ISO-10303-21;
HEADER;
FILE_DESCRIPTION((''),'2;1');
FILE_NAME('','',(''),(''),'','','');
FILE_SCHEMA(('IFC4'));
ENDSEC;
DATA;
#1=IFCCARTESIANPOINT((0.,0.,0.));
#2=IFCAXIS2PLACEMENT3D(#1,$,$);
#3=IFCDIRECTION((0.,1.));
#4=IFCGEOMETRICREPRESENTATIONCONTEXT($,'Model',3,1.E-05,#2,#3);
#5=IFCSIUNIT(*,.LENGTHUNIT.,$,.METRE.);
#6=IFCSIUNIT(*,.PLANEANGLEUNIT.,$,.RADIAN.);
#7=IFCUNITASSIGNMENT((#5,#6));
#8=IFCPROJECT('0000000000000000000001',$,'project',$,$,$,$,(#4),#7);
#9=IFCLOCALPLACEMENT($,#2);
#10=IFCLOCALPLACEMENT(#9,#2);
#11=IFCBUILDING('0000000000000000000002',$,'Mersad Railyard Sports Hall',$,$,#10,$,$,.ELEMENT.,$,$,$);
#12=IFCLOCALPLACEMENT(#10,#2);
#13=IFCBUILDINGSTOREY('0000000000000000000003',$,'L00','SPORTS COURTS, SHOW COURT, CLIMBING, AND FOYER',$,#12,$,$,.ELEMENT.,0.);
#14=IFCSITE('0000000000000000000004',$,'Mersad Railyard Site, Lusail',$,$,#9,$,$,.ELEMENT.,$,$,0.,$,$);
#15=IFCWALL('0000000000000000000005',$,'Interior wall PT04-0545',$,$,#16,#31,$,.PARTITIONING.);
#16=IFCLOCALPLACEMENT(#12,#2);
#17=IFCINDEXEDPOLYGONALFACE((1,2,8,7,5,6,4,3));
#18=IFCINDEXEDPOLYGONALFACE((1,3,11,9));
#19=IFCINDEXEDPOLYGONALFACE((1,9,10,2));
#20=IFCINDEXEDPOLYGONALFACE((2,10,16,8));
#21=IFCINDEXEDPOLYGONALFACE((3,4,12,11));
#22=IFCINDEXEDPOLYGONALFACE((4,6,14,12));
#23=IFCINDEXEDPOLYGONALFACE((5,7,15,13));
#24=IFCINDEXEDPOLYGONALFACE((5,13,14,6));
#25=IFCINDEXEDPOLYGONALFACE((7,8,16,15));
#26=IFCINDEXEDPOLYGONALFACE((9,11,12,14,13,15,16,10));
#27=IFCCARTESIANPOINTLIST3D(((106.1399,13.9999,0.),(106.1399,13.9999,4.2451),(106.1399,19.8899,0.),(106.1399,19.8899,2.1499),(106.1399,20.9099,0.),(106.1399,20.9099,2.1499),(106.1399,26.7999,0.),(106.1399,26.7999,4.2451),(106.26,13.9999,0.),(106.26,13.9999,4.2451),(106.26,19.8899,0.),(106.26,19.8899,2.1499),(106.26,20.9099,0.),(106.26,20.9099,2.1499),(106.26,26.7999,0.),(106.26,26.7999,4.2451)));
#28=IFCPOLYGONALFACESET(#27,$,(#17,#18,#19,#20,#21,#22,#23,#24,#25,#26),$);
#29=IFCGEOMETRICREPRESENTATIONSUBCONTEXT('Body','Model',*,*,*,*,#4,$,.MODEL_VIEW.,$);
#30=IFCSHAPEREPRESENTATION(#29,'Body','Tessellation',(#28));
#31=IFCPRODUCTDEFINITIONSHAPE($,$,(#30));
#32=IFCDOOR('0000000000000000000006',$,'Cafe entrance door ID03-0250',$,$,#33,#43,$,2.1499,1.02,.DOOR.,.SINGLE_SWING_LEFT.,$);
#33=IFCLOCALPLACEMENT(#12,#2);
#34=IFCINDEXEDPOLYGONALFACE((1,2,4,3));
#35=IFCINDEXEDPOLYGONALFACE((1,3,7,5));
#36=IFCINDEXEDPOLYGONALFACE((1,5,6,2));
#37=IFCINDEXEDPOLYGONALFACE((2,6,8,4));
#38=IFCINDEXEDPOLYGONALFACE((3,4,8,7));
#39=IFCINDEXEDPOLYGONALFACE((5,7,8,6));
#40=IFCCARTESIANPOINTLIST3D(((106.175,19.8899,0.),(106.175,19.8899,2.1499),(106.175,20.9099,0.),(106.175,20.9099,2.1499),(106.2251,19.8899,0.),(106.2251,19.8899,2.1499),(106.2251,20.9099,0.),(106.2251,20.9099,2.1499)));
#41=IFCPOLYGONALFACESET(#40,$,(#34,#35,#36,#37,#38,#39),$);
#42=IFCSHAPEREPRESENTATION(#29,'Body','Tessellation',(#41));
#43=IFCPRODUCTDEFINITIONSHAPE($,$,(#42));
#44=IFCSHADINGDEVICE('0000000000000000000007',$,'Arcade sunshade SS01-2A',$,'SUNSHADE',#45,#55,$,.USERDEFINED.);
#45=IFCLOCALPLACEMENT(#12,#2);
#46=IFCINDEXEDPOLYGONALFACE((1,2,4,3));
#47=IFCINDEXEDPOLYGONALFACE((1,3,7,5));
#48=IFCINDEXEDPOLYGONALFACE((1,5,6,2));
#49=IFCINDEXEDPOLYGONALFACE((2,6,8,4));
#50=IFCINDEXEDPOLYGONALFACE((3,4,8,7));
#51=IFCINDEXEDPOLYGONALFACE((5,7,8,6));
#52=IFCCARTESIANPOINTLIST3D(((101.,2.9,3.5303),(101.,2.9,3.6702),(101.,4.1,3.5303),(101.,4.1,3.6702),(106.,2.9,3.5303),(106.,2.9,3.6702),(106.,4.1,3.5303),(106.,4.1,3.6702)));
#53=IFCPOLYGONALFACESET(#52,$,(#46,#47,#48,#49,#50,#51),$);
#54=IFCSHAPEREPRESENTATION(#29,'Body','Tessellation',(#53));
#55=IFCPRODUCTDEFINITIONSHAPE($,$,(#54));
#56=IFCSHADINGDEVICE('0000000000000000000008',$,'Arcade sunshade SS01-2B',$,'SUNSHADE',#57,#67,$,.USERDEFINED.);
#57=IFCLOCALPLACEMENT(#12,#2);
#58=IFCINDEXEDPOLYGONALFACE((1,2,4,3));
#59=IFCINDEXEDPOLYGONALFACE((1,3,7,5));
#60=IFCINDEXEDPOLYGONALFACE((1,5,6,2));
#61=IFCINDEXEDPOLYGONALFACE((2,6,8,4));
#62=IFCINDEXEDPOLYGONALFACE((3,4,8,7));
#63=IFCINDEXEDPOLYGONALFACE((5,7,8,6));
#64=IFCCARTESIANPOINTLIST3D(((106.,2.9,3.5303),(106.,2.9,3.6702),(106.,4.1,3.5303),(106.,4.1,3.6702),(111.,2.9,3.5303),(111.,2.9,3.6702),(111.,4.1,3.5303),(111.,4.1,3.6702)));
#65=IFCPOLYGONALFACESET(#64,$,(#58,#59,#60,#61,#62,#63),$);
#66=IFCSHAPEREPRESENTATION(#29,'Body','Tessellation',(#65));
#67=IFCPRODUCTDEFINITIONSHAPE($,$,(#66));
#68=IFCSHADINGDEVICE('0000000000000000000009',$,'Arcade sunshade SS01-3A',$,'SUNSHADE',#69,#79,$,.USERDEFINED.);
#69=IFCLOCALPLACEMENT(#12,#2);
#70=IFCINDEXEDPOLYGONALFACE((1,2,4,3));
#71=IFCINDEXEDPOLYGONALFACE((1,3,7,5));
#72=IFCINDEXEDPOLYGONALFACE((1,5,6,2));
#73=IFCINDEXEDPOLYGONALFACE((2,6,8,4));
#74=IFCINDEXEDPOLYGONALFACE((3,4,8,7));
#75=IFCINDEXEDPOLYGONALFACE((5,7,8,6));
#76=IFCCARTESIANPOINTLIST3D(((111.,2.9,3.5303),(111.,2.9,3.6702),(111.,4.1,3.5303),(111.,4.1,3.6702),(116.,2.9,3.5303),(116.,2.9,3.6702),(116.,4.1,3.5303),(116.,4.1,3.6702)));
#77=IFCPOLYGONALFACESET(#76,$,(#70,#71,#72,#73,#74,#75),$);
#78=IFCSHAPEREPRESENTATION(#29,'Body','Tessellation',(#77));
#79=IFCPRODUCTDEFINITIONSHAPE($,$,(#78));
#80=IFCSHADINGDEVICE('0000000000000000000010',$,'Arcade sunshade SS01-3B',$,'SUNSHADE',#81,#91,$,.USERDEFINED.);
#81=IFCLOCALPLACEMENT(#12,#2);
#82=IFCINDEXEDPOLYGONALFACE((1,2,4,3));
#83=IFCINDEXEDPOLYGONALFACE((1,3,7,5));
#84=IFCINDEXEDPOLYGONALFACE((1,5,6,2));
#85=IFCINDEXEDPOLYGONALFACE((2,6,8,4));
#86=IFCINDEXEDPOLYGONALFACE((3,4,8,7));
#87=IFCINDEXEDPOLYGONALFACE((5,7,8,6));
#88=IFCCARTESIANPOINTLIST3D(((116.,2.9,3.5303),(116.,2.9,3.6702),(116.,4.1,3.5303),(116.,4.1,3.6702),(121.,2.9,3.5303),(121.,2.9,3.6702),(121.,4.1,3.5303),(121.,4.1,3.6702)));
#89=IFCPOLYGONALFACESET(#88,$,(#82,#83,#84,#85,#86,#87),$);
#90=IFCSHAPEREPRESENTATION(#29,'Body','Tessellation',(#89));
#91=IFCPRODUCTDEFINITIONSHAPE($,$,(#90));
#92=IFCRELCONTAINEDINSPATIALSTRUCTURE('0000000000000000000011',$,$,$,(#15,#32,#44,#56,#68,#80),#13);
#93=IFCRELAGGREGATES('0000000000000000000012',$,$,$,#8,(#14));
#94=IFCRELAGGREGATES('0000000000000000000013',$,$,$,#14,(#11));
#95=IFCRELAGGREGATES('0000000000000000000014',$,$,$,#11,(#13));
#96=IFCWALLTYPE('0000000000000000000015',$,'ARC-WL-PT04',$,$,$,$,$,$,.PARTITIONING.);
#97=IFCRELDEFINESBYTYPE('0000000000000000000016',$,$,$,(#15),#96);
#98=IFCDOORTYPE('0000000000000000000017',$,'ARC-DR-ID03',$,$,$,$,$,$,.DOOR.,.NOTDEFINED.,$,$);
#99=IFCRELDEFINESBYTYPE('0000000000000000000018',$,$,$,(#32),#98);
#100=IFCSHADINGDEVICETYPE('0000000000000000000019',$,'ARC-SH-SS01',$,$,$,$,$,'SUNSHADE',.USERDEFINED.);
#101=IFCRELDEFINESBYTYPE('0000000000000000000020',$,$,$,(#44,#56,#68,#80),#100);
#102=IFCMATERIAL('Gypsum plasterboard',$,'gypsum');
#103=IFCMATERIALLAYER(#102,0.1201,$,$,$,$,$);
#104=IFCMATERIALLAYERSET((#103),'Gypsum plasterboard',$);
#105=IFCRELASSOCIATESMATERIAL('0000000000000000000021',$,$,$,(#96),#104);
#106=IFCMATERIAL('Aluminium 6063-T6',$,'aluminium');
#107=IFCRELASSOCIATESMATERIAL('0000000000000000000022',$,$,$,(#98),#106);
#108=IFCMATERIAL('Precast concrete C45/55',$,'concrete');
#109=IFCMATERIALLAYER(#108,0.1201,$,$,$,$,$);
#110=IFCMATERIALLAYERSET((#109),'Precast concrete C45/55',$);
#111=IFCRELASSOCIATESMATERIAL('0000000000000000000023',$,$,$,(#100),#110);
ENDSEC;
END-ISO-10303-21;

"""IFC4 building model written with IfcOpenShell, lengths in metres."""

from ifc_helpers import new_model, si_unit, direction, frame, frame_2d, origin, origin_2d, place, context, subcontext, project, spatial, rectangle, extrude, material, layer, layer_set, type_object, element, fill, save


model = new_model("IFC4")

# Units and contexts
model_context = context("Model", 3, precision=1e-05, world=origin(), true_north=direction((0.0, 1.0)))
body_context = subcontext(model_context, "Body", "Model", "MODEL_VIEW")
ifc_project = project(units=[si_unit("LENGTHUNIT", "METRE"), si_unit("PLANEANGLEUNIT", "RADIAN")], contexts=[model_context])

# Site, building, storey
site_placement = place(None, origin())
site = spatial("IfcSite", under=ifc_project, at=site_placement, Name="Mersad Railyard Site, Lusail", CompositionType="ELEMENT", RefElevation=0.0)
building_placement = place(site_placement, origin())
building = spatial("IfcBuilding", under=site, at=building_placement, Name="Mersad Railyard Sports Hall", CompositionType="ELEMENT")
storey_placement = place(building_placement, origin())
storey = spatial("IfcBuildingStorey", under=building, at=storey_placement, Name="L00", Description="SPORTS COURTS, SHOW COURT, CLIMBING, AND FOYER", CompositionType="ELEMENT", Elevation=0.0)

# Shared definitions
ifc_material_1 = material(Name="Precast concrete C45/55", Category="concrete")
ifc_material_2 = material(Name="Aluminium 6063-T6", Category="aluminium")

# Wall, opening, door
ifc_material_3 = material(Name="Gypsum plasterboard", Category="gypsum")
ifc_layer_1 = layer(ifc_material_3, 0.1201)
ifc_layer_set_1 = layer_set([ifc_layer_1], Name="Gypsum plasterboard")
wall_type_1 = type_object("IfcWallType", Name="ARC-WL-PT04", PredefinedType="PARTITIONING", material=ifc_layer_set_1)
wall_1_placement = place(storey_placement, frame((106.2, 14.0, 0.0), z_axis=(0.0, 0.0, 1.0), x_axis=(0.0, 1.0, 0.0)))
wall_1 = element("IfcWall", 1, at=wall_1_placement, inside=storey, type_object=wall_type_1, Name="Interior wall PT04-0545", PredefinedType="PARTITIONING", context=body_context, shape_type="SweptSolid", body=[
    extrude(rectangle(XDim=12.8, YDim=0.1201, at=frame_2d((6.3999, 0.0))), origin(), (0.0, 0.0, 1.0), 4.2451),
])
opening_1_placement = place(wall_1_placement, frame((5.8899, 0.0, 0.0)))
opening_1 = element("IfcOpeningElement", 2, at=opening_1_placement, cuts=wall_1, PredefinedType="OPENING", context=body_context, shape_type="SweptSolid", body=[
    extrude(rectangle(XDim=1.02, YDim=2.1499, at=frame_2d((0.51, 1.075))), frame((0.0, 0.0701, 0.0), z_axis=(0.0, -1.0, 0.0), x_axis=(1.0, 0.0, 0.0)), (0.0, 0.0, 1.0), 0.1401),
])
door_type_1 = type_object("IfcDoorType", Name="ARC-DR-ID03", OperationType="NOTDEFINED", PredefinedType="DOOR", material=ifc_material_2)
door_1_placement = place(opening_1_placement, origin())
door_1 = element("IfcDoor", 3, at=door_1_placement, inside=storey, type_object=door_type_1, Name="Cafe entrance door ID03-0250", OperationType="SINGLE_SWING_LEFT", OverallHeight=2.1499, OverallWidth=1.02, PredefinedType="DOOR", context=body_context, shape_type="SweptSolid", body=[
    extrude(rectangle(XDim=1.02, YDim=2.1499, at=frame_2d((0.51, 1.075))), frame((0.0, 0.0249, 0.0), z_axis=(0.0, -1.0, 0.0), x_axis=(1.0, 0.0, 0.0)), (0.0, 0.0, 1.0), 0.05),
])
fill(opening_1, door_1)

# Shading devices
ifc_layer_2 = layer(ifc_material_1, 0.1201)
ifc_layer_set_2 = layer_set([ifc_layer_2], Name="Precast concrete C45/55")
shading_device_type = type_object("IfcShadingDeviceType", Name="ARC-SH-SS01", ElementType="SUNSHADE", PredefinedType="USERDEFINED", material=ifc_layer_set_2)
for number, where, z_axis, x_axis, name in (
    (4, (103.5, 3.5, 3.5303), (0.0, 0.0, 1.0), (1.0, 0.0, 0.0), "Arcade sunshade SS01-2A"),
    (5, (108.5, 3.5, 3.5303), (0.0, 0.0, 1.0), (1.0, 0.0, 0.0), "Arcade sunshade SS01-2B"),
    (6, (113.5, 3.5, 3.5303), (0.0, 0.0, 1.0), (1.0, 0.0, 0.0), "Arcade sunshade SS01-3A"),
    (7, (118.5, 3.5, 3.5303), (0.0, 0.0, 1.0), (1.0, 0.0, 0.0), "Arcade sunshade SS01-3B"),
):
    element("IfcShadingDevice", number, at=place(storey_placement, frame(where, z_axis=z_axis, x_axis=x_axis)), inside=storey, type_object=shading_device_type, Name=name, ObjectType="SUNSHADE", PredefinedType="USERDEFINED", context=body_context, shape_type="SweptSolid", body=[
        extrude(rectangle(XDim=5.0, YDim=1.2, at=origin_2d()), origin(), (0.0, 0.0, 1.0), 0.1399),
    ])

save(model, "model.ifc")
